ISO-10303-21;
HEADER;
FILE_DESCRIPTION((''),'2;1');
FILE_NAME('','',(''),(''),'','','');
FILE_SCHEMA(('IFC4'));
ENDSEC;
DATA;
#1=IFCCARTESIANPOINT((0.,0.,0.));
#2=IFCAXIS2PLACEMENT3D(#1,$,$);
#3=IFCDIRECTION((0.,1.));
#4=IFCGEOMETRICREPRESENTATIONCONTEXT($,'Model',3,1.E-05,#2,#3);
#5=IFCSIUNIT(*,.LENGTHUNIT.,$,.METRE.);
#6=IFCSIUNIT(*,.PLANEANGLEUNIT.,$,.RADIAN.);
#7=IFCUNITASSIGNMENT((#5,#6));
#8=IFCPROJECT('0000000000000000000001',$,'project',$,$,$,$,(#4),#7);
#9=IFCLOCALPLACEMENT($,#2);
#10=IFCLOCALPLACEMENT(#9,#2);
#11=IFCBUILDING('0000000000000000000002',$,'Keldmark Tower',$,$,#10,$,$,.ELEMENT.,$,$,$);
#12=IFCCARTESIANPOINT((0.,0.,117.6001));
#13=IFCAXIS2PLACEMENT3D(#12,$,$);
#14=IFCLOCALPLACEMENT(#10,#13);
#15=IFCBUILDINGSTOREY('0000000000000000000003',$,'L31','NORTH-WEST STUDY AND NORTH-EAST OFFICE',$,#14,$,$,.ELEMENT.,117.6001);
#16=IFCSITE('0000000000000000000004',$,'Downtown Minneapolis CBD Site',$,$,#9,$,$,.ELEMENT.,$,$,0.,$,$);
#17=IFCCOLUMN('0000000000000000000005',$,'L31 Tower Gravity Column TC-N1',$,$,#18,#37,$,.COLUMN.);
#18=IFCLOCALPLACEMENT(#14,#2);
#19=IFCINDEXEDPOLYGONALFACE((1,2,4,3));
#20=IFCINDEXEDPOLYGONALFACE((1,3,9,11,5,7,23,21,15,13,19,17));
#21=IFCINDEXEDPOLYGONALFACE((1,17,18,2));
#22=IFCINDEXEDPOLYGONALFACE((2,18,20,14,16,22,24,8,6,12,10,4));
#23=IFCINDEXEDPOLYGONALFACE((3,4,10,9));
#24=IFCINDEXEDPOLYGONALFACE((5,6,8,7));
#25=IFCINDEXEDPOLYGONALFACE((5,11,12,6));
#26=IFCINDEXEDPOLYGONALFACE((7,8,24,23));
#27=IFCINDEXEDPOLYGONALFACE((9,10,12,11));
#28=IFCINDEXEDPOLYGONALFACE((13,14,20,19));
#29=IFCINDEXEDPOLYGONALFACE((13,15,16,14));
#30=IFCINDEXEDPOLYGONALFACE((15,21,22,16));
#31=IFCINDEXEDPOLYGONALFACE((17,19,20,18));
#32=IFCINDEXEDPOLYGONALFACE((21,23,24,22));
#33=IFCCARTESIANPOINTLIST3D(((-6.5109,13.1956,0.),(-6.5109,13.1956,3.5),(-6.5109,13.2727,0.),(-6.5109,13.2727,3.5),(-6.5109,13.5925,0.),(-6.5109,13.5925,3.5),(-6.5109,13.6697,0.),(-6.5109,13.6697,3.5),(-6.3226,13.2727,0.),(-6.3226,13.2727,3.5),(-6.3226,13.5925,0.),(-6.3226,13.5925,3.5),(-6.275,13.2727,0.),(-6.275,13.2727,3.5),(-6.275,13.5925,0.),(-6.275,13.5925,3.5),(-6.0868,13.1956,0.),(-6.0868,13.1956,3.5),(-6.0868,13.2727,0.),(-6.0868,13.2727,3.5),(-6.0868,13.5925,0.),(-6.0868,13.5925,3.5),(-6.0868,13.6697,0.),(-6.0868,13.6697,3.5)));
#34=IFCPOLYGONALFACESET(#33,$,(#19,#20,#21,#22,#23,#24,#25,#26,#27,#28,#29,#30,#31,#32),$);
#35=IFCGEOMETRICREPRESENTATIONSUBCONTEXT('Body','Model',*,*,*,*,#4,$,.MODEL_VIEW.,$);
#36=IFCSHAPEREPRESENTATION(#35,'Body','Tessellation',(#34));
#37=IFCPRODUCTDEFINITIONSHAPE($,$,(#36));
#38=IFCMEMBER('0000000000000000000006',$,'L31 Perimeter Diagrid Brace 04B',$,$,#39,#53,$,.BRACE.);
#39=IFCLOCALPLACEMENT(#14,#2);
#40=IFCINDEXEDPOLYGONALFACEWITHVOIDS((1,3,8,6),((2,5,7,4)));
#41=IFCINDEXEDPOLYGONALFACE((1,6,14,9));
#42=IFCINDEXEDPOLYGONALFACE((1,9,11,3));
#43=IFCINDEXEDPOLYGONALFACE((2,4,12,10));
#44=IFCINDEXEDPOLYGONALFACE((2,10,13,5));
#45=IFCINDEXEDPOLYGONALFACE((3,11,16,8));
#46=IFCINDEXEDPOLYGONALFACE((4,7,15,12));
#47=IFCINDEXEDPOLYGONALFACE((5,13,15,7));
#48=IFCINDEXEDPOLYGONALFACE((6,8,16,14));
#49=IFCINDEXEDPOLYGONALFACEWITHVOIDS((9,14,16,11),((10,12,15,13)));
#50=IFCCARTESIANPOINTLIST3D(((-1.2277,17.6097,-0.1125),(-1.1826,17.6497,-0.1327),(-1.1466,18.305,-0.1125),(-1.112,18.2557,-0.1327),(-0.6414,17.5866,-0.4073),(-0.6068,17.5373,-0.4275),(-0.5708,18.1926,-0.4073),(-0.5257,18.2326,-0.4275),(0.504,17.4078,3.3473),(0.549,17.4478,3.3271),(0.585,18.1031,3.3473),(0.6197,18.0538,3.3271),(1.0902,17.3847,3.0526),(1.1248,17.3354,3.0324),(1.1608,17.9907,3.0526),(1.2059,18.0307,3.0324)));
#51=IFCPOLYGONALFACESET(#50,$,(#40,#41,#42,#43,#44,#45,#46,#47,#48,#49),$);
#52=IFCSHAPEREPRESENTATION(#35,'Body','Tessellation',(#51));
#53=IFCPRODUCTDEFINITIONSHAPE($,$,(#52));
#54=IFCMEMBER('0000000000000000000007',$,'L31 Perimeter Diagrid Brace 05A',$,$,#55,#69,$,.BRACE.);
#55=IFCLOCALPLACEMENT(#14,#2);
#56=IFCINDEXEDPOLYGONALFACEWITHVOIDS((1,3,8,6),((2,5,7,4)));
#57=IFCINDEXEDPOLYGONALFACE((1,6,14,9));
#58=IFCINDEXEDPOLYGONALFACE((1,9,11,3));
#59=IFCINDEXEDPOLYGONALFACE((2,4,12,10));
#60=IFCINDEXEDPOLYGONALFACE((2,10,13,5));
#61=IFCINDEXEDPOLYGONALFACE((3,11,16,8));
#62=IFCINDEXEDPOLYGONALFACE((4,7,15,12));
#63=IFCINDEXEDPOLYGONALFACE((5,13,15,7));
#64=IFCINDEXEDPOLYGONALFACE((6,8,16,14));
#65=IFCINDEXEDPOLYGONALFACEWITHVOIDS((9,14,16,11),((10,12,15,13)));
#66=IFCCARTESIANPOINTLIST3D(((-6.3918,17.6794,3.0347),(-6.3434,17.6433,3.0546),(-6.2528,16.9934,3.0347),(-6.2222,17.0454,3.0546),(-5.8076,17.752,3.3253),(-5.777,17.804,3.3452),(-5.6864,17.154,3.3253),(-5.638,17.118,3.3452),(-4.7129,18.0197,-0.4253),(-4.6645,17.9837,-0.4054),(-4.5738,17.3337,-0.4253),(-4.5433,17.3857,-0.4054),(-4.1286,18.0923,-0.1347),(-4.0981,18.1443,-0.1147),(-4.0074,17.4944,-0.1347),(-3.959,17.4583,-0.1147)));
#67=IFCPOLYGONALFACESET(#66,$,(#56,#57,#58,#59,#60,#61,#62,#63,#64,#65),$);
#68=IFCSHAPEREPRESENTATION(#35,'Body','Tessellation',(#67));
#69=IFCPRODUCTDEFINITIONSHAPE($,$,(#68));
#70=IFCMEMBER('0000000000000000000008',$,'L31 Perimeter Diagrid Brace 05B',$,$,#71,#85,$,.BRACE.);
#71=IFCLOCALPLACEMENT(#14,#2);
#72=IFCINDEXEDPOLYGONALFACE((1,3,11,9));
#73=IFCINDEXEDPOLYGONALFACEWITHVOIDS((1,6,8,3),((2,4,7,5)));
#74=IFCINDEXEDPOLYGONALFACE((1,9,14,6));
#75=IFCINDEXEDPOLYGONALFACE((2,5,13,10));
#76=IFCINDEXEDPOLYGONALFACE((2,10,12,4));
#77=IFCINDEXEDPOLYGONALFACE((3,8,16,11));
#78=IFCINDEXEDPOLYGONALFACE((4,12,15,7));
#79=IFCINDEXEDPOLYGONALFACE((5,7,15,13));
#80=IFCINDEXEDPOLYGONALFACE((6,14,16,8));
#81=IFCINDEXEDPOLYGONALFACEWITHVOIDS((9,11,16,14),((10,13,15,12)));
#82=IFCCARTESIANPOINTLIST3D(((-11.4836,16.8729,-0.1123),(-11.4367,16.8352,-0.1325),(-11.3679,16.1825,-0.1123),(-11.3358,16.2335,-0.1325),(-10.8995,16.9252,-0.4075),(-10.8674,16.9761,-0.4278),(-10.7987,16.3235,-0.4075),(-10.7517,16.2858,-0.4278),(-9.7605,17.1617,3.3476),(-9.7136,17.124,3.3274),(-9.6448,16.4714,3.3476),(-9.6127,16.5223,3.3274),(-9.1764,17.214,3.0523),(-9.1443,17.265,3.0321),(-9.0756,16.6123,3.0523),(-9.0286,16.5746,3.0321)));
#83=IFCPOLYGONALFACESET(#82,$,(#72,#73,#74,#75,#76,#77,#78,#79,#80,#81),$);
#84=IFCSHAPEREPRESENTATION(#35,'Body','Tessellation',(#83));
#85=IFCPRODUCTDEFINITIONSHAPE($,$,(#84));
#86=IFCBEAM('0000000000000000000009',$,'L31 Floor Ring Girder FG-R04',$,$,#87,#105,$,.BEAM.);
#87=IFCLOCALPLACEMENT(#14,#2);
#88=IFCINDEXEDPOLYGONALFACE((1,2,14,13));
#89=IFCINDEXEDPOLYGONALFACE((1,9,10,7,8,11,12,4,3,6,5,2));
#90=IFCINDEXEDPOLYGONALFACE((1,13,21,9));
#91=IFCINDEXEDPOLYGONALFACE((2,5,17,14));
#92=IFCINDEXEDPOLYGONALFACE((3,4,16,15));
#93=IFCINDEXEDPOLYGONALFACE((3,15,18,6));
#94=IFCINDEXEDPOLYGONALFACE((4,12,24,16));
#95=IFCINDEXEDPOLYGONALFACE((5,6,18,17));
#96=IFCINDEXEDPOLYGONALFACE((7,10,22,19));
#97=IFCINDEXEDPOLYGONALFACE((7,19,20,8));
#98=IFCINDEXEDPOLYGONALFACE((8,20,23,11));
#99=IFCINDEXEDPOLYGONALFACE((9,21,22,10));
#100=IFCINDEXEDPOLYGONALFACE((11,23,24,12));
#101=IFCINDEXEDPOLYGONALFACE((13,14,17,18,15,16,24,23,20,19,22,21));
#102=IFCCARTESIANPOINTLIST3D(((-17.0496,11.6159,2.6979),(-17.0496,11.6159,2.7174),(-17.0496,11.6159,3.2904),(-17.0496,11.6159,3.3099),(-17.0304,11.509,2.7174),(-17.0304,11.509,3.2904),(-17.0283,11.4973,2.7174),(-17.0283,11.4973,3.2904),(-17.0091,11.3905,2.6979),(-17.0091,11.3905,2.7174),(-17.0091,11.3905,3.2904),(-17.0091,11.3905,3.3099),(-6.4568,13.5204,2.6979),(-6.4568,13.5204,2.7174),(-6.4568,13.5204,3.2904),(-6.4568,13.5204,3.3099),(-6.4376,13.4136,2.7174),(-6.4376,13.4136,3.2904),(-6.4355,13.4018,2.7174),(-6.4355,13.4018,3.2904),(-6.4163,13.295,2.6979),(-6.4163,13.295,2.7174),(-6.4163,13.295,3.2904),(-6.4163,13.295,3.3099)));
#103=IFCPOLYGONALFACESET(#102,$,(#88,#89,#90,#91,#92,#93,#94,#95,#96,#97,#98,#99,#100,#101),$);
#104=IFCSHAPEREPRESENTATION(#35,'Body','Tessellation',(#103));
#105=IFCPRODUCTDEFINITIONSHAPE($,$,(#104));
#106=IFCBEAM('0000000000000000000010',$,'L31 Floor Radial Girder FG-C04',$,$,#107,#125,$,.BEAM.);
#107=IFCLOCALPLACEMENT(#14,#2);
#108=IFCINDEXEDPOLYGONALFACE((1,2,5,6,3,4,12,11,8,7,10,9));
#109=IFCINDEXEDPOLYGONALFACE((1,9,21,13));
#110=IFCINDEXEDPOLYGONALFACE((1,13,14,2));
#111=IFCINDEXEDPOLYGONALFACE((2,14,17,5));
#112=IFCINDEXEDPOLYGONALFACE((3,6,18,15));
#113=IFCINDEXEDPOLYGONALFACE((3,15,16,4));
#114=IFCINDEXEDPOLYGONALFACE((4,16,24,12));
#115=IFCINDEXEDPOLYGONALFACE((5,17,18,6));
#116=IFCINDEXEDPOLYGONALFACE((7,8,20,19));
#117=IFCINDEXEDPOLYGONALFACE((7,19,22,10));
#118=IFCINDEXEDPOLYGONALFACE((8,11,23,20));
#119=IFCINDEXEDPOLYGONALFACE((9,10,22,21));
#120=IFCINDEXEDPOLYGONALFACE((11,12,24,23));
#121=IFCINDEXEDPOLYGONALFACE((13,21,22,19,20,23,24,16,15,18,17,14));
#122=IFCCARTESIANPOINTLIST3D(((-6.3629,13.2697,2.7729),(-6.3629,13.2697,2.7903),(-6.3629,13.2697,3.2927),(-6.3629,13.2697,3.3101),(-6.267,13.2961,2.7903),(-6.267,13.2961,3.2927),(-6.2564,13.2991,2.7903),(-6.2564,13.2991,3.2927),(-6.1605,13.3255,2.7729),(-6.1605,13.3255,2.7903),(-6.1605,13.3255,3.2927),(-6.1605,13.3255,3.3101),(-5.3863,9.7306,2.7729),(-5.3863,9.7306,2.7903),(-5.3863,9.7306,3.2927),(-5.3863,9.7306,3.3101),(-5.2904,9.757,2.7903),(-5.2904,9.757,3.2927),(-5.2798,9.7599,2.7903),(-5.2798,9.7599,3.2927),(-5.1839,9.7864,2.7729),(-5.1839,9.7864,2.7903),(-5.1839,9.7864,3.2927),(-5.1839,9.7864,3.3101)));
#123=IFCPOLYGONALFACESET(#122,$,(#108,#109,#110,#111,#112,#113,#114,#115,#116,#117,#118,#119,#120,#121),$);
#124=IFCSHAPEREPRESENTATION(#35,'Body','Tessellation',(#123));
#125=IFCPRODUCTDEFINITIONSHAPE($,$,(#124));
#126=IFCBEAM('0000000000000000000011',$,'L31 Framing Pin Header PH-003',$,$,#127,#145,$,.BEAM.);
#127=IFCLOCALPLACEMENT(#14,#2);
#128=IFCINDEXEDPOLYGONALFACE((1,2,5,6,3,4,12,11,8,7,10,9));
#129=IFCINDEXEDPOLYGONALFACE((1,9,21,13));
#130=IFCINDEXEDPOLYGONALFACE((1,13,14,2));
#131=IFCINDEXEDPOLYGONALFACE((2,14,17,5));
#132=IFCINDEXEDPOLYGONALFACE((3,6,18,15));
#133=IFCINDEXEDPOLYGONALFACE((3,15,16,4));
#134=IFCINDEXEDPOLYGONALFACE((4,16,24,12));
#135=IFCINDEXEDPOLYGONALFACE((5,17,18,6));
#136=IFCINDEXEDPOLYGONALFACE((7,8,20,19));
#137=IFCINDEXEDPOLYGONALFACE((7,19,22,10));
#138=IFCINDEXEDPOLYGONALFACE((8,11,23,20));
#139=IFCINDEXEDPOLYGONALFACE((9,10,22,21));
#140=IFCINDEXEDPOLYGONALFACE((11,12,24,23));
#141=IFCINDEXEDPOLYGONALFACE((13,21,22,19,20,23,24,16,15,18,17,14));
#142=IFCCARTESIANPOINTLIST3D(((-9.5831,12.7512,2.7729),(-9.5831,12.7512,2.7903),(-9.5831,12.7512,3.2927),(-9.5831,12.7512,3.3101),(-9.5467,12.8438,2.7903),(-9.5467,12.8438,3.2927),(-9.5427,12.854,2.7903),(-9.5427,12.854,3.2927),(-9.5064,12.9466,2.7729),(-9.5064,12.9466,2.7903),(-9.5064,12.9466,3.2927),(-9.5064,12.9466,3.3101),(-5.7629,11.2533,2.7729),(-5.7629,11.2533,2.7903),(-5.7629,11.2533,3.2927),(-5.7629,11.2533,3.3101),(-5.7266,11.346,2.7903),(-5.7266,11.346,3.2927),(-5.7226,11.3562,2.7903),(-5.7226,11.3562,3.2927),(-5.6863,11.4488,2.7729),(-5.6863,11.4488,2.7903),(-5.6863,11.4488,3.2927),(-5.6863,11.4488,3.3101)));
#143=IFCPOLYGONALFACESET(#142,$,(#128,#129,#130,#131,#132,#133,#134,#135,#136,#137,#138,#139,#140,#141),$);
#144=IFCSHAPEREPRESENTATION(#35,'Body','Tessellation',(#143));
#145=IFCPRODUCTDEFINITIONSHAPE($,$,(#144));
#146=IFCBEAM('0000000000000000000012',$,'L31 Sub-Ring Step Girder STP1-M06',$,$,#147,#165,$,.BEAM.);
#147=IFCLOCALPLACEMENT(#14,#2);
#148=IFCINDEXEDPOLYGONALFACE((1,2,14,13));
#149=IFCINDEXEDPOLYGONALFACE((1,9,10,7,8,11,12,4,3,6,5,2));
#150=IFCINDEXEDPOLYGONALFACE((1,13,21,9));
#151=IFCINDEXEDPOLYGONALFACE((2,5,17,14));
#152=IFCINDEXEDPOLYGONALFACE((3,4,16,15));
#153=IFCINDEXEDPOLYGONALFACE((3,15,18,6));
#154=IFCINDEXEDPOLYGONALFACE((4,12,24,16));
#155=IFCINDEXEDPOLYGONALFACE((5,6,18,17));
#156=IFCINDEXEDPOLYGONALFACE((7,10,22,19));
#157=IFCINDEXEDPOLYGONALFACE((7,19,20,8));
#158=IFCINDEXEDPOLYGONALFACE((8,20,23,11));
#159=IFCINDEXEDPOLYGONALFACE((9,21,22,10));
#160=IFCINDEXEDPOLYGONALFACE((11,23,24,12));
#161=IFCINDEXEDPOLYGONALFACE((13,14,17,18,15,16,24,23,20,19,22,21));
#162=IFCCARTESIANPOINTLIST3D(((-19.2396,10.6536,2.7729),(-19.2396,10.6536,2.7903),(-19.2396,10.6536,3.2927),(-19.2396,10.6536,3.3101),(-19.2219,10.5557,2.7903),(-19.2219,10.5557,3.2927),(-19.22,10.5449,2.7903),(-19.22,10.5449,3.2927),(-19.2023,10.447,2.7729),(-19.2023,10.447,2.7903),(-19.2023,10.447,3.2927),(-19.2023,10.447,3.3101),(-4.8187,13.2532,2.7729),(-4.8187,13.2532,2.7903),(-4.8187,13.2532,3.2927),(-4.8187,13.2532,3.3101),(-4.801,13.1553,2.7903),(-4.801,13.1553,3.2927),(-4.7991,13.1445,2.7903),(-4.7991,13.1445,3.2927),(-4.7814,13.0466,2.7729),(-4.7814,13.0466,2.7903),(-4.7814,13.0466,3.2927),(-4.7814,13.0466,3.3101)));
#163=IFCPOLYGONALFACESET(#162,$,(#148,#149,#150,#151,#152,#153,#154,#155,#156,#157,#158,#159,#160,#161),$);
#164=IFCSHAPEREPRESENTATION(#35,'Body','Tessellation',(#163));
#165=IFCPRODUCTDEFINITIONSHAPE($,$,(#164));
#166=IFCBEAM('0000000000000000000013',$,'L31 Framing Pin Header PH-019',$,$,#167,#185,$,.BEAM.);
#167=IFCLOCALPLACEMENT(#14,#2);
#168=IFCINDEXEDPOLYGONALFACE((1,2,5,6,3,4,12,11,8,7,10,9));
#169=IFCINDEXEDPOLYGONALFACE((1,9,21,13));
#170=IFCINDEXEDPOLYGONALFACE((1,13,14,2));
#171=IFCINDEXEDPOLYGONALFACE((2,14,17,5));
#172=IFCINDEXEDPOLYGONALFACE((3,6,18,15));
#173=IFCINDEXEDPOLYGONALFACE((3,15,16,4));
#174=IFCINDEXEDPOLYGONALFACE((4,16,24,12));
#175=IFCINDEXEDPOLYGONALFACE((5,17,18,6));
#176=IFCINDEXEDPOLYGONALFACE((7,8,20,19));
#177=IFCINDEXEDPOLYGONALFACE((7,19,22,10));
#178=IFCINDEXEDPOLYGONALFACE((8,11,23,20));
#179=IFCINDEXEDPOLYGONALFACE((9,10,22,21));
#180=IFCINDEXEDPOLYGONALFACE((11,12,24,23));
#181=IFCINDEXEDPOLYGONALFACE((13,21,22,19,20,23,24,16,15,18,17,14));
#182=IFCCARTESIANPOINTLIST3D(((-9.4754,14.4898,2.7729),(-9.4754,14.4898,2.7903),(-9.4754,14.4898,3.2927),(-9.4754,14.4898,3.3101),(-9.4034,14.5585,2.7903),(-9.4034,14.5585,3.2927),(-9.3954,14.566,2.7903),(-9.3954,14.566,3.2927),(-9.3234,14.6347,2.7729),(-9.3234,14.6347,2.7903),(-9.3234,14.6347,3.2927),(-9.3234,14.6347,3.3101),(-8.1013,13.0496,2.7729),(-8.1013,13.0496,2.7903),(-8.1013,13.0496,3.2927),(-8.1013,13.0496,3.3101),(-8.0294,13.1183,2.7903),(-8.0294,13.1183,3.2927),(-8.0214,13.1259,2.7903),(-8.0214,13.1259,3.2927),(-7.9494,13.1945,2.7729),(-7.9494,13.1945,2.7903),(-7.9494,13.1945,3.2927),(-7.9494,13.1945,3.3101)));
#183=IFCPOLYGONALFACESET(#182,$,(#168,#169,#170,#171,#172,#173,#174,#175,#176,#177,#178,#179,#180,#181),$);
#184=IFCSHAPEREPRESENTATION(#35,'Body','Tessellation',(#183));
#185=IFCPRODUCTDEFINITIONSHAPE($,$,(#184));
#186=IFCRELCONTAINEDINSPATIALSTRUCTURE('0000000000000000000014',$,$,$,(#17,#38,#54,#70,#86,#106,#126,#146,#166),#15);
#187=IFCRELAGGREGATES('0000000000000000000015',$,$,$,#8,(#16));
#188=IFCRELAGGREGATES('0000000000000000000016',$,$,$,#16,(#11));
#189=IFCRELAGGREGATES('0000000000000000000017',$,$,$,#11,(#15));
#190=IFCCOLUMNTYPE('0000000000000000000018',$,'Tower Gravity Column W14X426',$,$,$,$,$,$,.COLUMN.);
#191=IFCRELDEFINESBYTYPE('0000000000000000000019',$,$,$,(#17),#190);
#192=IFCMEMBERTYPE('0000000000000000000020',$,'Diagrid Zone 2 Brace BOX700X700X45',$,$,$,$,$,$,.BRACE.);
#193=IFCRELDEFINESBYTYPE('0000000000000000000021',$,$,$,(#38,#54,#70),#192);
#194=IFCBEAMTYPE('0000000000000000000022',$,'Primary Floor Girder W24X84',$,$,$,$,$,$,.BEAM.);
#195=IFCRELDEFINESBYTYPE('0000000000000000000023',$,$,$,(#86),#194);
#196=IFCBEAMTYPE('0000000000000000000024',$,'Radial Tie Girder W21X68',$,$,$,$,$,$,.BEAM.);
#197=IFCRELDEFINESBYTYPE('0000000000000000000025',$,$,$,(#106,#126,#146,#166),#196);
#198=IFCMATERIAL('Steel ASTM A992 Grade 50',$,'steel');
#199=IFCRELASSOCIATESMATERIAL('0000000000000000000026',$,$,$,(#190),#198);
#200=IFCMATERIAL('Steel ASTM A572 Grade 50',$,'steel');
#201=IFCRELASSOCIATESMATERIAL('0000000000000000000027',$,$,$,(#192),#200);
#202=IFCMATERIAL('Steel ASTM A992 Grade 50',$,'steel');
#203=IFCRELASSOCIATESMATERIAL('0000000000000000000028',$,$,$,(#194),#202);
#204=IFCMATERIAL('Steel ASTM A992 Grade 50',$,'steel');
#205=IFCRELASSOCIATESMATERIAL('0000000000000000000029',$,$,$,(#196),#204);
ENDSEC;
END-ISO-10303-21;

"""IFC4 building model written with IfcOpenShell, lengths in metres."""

from ifc_helpers import new_model, si_unit, direction, frame, origin, origin_2d, place, context, subcontext, project, spatial, hollow_rectangle, i_section, extrude, material, material_profile, profile_set, type_object, element, save


model = new_model("IFC4")

# Units and contexts
model_context = context("Model", 3, precision=1e-05, world=origin(), true_north=direction((0.0, 1.0)))
body_context = subcontext(model_context, "Body", "Model", "MODEL_VIEW")
ifc_project = project(units=[si_unit("LENGTHUNIT", "METRE"), si_unit("PLANEANGLEUNIT", "RADIAN")], contexts=[model_context])

# Site, building, storey
site_placement = place(None, origin())
site = spatial("IfcSite", under=ifc_project, at=site_placement, Name="Downtown Minneapolis CBD Site", CompositionType="ELEMENT", RefElevation=0.0)
building_placement = place(site_placement, origin())
building = spatial("IfcBuilding", under=site, at=building_placement, Name="Keldmark Tower", CompositionType="ELEMENT")
storey_placement = place(building_placement, frame((0.0, 0.0, 117.6001)))
storey = spatial("IfcBuildingStorey", under=building, at=storey_placement, Name="L31", Description="NORTH-WEST STUDY AND NORTH-EAST OFFICE", CompositionType="ELEMENT", Elevation=117.6001)

# Column
ifc_material_1 = material(Name="Steel ASTM A992 Grade 50", Category="steel")
ifc_material_profile_1 = material_profile(ifc_material_1, i_section(OverallWidth=0.4241, OverallDepth=0.4741, WebThickness=0.0476, FlangeThickness=0.0771, at=origin_2d()), Name="W14X426")
ifc_profile_set_1 = profile_set([ifc_material_profile_1], Name="Steel ASTM A992 Grade 50")
column_type = type_object("IfcColumnType", Name="Tower Gravity Column W14X426", PredefinedType="COLUMN", material=ifc_profile_set_1)
column_placement = place(storey_placement, frame((-6.2988, 13.4326, 0.0), z_axis=(0.0, 0.0, 1.0), x_axis=(1.0, 0.0, 0.0)))
element("IfcColumn", 1, at=column_placement, inside=storey, type_object=column_type, Name="L31 Tower Gravity Column TC-N1", PredefinedType="COLUMN", context=body_context, shape_type="SweptSolid", body=[
    extrude(i_section(OverallWidth=0.4241, OverallDepth=0.4741, WebThickness=0.0476, FlangeThickness=0.0771, at=origin_2d()), origin(), (0.0, 0.0, 1.0), 3.5),
])

# Members
ifc_material_2 = material(Name="Steel ASTM A572 Grade 50", Category="steel")
ifc_material_profile_2 = material_profile(ifc_material_2, hollow_rectangle(XDim=0.7, YDim=0.7, WallThickness=0.0449, at=origin_2d()), Name="BOX700X700X45")
ifc_profile_set_2 = profile_set([ifc_material_profile_2], Name="Steel ASTM A572 Grade 50")
member_type = type_object("IfcMemberType", Name="Diagrid Zone 2 Brace BOX700X700X45", PredefinedType="BRACE", material=ifc_profile_set_2)
member_1_placement = place(storey_placement, frame((-0.8767, 17.9211, -0.27), z_axis=(0.446959, -0.052113, 0.893035), x_axis=(0.115809, 0.993271, 0.0)))
element("IfcMember", 2, at=member_1_placement, inside=storey, type_object=member_type, Name="L31 Perimeter Diagrid Brace 04B", PredefinedType="BRACE", context=body_context, shape_type="SweptSolid", body=[
    extrude(hollow_rectangle(XDim=0.7, YDim=0.7, WallThickness=0.0449, at=origin_2d()), origin(), (0.0, 0.0, 1.0), 3.8743),
])
member_2_placement = place(storey_placement, frame((-4.3359, 17.739, -0.27), z_axis=(-0.434868, -0.08815, 0.896169), x_axis=(0.198664, -0.980068, 0.0)))
element("IfcMember", 3, at=member_2_placement, inside=storey, type_object=member_type, Name="L31 Perimeter Diagrid Brace 05A", PredefinedType="BRACE", context=body_context, shape_type="SweptSolid", body=[
    extrude(hollow_rectangle(XDim=0.7, YDim=0.7, WallThickness=0.0449, at=origin_2d()), origin(), (0.0, 0.0, 1.0), 3.8608),
])
member_3_placement = place(storey_placement, frame((-11.1177, 16.5793, -0.27), z_axis=(0.444559, 0.074513, 0.892645), x_axis=(-0.165305, 0.986242, 0.0)))
element("IfcMember", 4, at=member_3_placement, inside=storey, type_object=member_type, Name="L31 Perimeter Diagrid Brace 05B", PredefinedType="BRACE", context=body_context, shape_type="SweptSolid", body=[
    extrude(hollow_rectangle(XDim=0.7, YDim=0.7, WallThickness=0.0449, at=origin_2d()), origin(), (0.0, 0.0, 1.0), 3.876),
])

# Beams
ifc_material_3 = material(Name="Steel ASTM A992 Grade 50", Category="steel")
ifc_material_profile_3 = material_profile(ifc_material_3, i_section(OverallWidth=0.229, OverallDepth=0.6121, WebThickness=0.012, FlangeThickness=0.0195, at=origin_2d()), Name="W24X84")
ifc_profile_set_3 = profile_set([ifc_material_profile_3], Name="Steel ASTM A992 Grade 50")
beam_type_1 = type_object("IfcBeamType", Name="Primary Floor Girder W24X84", PredefinedType="BEAM", material=ifc_profile_set_3)
beam_1_placement = place(storey_placement, frame((-6.4365, 13.4077, 3.0039), z_axis=(-0.984218, -0.176959, 0.0), x_axis=(0.176959, -0.984218, 0.0)))
element("IfcBeam", 5, at=beam_1_placement, inside=storey, type_object=beam_type_1, Name="L31 Floor Ring Girder FG-R04", PredefinedType="BEAM", context=body_context, shape_type="SweptSolid", body=[
    extrude(i_section(OverallWidth=0.229, OverallDepth=0.6121, WebThickness=0.012, FlangeThickness=0.0195, at=origin_2d()), origin(), (0.0, 0.0, 1.0), 10.7627),
])
ifc_material_4 = material(Name="Steel ASTM A992 Grade 50", Category="steel")
ifc_material_profile_4 = material_profile(ifc_material_4, i_section(OverallWidth=0.21, OverallDepth=0.5371, WebThickness=0.011, FlangeThickness=0.0173, at=origin_2d()), Name="W21X68")
ifc_profile_set_4 = profile_set([ifc_material_profile_4], Name="Steel ASTM A992 Grade 50")
beam_type_2 = type_object("IfcBeamType", Name="Radial Tie Girder W21X68", PredefinedType="BEAM", material=ifc_profile_set_4)
beam_2_placement = place(storey_placement, frame((-6.2617, 13.2976, 3.0415), z_axis=(0.265997, -0.963974, 0.0), x_axis=(0.963974, 0.265997, 0.0)))
element("IfcBeam", 6, at=beam_2_placement, inside=storey, type_object=beam_type_2, Name="L31 Floor Radial Girder FG-C04", PredefinedType="BEAM", context=body_context, shape_type="SweptSolid", body=[
    extrude(i_section(OverallWidth=0.21, OverallDepth=0.5371, WebThickness=0.011, FlangeThickness=0.0173, at=origin_2d()), origin(), (0.0, 0.0, 1.0), 3.6714),
])
beam_3_placement = place(storey_placement, frame((-5.7246, 11.3511, 3.0415), z_axis=(-0.930995, 0.365032, 0.0), x_axis=(-0.365032, -0.930995, 0.0)))
element("IfcBeam", 7, at=beam_3_placement, inside=storey, type_object=beam_type_2, Name="L31 Framing Pin Header PH-003", PredefinedType="BEAM", context=body_context, shape_type="SweptSolid", body=[
    extrude(i_section(OverallWidth=0.21, OverallDepth=0.5371, WebThickness=0.011, FlangeThickness=0.0173, at=origin_2d()), origin(), (0.0, 0.0, 1.0), 4.1033),
])
beam_4_placement = place(storey_placement, frame((-4.8, 13.1499, 3.0415), z_axis=(-0.984138, -0.177407, 0.0), x_axis=(0.177407, -0.984138, 0.0)))
element("IfcBeam", 8, at=beam_4_placement, inside=storey, type_object=beam_type_2, Name="L31 Sub-Ring Step Girder STP1-M06", PredefinedType="BEAM", context=body_context, shape_type="SweptSolid", body=[
    extrude(i_section(OverallWidth=0.21, OverallDepth=0.5371, WebThickness=0.011, FlangeThickness=0.0173, at=origin_2d()), origin(), (0.0, 0.0, 1.0), 14.6533),
])
beam_5_placement = place(storey_placement, frame((-8.0254, 13.1221, 3.0415), z_axis=(-0.690292, 0.723531, 0.0), x_axis=(-0.723531, -0.690292, 0.0)))
element("IfcBeam", 9, at=beam_5_placement, inside=storey, type_object=beam_type_2, Name="L31 Framing Pin Header PH-019", PredefinedType="BEAM", context=body_context, shape_type="SweptSolid", body=[
    extrude(i_section(OverallWidth=0.21, OverallDepth=0.5371, WebThickness=0.011, FlangeThickness=0.0173, at=origin_2d()), origin(), (0.0, 0.0, 1.0), 1.9905),
])

save(model, "model.ifc")
